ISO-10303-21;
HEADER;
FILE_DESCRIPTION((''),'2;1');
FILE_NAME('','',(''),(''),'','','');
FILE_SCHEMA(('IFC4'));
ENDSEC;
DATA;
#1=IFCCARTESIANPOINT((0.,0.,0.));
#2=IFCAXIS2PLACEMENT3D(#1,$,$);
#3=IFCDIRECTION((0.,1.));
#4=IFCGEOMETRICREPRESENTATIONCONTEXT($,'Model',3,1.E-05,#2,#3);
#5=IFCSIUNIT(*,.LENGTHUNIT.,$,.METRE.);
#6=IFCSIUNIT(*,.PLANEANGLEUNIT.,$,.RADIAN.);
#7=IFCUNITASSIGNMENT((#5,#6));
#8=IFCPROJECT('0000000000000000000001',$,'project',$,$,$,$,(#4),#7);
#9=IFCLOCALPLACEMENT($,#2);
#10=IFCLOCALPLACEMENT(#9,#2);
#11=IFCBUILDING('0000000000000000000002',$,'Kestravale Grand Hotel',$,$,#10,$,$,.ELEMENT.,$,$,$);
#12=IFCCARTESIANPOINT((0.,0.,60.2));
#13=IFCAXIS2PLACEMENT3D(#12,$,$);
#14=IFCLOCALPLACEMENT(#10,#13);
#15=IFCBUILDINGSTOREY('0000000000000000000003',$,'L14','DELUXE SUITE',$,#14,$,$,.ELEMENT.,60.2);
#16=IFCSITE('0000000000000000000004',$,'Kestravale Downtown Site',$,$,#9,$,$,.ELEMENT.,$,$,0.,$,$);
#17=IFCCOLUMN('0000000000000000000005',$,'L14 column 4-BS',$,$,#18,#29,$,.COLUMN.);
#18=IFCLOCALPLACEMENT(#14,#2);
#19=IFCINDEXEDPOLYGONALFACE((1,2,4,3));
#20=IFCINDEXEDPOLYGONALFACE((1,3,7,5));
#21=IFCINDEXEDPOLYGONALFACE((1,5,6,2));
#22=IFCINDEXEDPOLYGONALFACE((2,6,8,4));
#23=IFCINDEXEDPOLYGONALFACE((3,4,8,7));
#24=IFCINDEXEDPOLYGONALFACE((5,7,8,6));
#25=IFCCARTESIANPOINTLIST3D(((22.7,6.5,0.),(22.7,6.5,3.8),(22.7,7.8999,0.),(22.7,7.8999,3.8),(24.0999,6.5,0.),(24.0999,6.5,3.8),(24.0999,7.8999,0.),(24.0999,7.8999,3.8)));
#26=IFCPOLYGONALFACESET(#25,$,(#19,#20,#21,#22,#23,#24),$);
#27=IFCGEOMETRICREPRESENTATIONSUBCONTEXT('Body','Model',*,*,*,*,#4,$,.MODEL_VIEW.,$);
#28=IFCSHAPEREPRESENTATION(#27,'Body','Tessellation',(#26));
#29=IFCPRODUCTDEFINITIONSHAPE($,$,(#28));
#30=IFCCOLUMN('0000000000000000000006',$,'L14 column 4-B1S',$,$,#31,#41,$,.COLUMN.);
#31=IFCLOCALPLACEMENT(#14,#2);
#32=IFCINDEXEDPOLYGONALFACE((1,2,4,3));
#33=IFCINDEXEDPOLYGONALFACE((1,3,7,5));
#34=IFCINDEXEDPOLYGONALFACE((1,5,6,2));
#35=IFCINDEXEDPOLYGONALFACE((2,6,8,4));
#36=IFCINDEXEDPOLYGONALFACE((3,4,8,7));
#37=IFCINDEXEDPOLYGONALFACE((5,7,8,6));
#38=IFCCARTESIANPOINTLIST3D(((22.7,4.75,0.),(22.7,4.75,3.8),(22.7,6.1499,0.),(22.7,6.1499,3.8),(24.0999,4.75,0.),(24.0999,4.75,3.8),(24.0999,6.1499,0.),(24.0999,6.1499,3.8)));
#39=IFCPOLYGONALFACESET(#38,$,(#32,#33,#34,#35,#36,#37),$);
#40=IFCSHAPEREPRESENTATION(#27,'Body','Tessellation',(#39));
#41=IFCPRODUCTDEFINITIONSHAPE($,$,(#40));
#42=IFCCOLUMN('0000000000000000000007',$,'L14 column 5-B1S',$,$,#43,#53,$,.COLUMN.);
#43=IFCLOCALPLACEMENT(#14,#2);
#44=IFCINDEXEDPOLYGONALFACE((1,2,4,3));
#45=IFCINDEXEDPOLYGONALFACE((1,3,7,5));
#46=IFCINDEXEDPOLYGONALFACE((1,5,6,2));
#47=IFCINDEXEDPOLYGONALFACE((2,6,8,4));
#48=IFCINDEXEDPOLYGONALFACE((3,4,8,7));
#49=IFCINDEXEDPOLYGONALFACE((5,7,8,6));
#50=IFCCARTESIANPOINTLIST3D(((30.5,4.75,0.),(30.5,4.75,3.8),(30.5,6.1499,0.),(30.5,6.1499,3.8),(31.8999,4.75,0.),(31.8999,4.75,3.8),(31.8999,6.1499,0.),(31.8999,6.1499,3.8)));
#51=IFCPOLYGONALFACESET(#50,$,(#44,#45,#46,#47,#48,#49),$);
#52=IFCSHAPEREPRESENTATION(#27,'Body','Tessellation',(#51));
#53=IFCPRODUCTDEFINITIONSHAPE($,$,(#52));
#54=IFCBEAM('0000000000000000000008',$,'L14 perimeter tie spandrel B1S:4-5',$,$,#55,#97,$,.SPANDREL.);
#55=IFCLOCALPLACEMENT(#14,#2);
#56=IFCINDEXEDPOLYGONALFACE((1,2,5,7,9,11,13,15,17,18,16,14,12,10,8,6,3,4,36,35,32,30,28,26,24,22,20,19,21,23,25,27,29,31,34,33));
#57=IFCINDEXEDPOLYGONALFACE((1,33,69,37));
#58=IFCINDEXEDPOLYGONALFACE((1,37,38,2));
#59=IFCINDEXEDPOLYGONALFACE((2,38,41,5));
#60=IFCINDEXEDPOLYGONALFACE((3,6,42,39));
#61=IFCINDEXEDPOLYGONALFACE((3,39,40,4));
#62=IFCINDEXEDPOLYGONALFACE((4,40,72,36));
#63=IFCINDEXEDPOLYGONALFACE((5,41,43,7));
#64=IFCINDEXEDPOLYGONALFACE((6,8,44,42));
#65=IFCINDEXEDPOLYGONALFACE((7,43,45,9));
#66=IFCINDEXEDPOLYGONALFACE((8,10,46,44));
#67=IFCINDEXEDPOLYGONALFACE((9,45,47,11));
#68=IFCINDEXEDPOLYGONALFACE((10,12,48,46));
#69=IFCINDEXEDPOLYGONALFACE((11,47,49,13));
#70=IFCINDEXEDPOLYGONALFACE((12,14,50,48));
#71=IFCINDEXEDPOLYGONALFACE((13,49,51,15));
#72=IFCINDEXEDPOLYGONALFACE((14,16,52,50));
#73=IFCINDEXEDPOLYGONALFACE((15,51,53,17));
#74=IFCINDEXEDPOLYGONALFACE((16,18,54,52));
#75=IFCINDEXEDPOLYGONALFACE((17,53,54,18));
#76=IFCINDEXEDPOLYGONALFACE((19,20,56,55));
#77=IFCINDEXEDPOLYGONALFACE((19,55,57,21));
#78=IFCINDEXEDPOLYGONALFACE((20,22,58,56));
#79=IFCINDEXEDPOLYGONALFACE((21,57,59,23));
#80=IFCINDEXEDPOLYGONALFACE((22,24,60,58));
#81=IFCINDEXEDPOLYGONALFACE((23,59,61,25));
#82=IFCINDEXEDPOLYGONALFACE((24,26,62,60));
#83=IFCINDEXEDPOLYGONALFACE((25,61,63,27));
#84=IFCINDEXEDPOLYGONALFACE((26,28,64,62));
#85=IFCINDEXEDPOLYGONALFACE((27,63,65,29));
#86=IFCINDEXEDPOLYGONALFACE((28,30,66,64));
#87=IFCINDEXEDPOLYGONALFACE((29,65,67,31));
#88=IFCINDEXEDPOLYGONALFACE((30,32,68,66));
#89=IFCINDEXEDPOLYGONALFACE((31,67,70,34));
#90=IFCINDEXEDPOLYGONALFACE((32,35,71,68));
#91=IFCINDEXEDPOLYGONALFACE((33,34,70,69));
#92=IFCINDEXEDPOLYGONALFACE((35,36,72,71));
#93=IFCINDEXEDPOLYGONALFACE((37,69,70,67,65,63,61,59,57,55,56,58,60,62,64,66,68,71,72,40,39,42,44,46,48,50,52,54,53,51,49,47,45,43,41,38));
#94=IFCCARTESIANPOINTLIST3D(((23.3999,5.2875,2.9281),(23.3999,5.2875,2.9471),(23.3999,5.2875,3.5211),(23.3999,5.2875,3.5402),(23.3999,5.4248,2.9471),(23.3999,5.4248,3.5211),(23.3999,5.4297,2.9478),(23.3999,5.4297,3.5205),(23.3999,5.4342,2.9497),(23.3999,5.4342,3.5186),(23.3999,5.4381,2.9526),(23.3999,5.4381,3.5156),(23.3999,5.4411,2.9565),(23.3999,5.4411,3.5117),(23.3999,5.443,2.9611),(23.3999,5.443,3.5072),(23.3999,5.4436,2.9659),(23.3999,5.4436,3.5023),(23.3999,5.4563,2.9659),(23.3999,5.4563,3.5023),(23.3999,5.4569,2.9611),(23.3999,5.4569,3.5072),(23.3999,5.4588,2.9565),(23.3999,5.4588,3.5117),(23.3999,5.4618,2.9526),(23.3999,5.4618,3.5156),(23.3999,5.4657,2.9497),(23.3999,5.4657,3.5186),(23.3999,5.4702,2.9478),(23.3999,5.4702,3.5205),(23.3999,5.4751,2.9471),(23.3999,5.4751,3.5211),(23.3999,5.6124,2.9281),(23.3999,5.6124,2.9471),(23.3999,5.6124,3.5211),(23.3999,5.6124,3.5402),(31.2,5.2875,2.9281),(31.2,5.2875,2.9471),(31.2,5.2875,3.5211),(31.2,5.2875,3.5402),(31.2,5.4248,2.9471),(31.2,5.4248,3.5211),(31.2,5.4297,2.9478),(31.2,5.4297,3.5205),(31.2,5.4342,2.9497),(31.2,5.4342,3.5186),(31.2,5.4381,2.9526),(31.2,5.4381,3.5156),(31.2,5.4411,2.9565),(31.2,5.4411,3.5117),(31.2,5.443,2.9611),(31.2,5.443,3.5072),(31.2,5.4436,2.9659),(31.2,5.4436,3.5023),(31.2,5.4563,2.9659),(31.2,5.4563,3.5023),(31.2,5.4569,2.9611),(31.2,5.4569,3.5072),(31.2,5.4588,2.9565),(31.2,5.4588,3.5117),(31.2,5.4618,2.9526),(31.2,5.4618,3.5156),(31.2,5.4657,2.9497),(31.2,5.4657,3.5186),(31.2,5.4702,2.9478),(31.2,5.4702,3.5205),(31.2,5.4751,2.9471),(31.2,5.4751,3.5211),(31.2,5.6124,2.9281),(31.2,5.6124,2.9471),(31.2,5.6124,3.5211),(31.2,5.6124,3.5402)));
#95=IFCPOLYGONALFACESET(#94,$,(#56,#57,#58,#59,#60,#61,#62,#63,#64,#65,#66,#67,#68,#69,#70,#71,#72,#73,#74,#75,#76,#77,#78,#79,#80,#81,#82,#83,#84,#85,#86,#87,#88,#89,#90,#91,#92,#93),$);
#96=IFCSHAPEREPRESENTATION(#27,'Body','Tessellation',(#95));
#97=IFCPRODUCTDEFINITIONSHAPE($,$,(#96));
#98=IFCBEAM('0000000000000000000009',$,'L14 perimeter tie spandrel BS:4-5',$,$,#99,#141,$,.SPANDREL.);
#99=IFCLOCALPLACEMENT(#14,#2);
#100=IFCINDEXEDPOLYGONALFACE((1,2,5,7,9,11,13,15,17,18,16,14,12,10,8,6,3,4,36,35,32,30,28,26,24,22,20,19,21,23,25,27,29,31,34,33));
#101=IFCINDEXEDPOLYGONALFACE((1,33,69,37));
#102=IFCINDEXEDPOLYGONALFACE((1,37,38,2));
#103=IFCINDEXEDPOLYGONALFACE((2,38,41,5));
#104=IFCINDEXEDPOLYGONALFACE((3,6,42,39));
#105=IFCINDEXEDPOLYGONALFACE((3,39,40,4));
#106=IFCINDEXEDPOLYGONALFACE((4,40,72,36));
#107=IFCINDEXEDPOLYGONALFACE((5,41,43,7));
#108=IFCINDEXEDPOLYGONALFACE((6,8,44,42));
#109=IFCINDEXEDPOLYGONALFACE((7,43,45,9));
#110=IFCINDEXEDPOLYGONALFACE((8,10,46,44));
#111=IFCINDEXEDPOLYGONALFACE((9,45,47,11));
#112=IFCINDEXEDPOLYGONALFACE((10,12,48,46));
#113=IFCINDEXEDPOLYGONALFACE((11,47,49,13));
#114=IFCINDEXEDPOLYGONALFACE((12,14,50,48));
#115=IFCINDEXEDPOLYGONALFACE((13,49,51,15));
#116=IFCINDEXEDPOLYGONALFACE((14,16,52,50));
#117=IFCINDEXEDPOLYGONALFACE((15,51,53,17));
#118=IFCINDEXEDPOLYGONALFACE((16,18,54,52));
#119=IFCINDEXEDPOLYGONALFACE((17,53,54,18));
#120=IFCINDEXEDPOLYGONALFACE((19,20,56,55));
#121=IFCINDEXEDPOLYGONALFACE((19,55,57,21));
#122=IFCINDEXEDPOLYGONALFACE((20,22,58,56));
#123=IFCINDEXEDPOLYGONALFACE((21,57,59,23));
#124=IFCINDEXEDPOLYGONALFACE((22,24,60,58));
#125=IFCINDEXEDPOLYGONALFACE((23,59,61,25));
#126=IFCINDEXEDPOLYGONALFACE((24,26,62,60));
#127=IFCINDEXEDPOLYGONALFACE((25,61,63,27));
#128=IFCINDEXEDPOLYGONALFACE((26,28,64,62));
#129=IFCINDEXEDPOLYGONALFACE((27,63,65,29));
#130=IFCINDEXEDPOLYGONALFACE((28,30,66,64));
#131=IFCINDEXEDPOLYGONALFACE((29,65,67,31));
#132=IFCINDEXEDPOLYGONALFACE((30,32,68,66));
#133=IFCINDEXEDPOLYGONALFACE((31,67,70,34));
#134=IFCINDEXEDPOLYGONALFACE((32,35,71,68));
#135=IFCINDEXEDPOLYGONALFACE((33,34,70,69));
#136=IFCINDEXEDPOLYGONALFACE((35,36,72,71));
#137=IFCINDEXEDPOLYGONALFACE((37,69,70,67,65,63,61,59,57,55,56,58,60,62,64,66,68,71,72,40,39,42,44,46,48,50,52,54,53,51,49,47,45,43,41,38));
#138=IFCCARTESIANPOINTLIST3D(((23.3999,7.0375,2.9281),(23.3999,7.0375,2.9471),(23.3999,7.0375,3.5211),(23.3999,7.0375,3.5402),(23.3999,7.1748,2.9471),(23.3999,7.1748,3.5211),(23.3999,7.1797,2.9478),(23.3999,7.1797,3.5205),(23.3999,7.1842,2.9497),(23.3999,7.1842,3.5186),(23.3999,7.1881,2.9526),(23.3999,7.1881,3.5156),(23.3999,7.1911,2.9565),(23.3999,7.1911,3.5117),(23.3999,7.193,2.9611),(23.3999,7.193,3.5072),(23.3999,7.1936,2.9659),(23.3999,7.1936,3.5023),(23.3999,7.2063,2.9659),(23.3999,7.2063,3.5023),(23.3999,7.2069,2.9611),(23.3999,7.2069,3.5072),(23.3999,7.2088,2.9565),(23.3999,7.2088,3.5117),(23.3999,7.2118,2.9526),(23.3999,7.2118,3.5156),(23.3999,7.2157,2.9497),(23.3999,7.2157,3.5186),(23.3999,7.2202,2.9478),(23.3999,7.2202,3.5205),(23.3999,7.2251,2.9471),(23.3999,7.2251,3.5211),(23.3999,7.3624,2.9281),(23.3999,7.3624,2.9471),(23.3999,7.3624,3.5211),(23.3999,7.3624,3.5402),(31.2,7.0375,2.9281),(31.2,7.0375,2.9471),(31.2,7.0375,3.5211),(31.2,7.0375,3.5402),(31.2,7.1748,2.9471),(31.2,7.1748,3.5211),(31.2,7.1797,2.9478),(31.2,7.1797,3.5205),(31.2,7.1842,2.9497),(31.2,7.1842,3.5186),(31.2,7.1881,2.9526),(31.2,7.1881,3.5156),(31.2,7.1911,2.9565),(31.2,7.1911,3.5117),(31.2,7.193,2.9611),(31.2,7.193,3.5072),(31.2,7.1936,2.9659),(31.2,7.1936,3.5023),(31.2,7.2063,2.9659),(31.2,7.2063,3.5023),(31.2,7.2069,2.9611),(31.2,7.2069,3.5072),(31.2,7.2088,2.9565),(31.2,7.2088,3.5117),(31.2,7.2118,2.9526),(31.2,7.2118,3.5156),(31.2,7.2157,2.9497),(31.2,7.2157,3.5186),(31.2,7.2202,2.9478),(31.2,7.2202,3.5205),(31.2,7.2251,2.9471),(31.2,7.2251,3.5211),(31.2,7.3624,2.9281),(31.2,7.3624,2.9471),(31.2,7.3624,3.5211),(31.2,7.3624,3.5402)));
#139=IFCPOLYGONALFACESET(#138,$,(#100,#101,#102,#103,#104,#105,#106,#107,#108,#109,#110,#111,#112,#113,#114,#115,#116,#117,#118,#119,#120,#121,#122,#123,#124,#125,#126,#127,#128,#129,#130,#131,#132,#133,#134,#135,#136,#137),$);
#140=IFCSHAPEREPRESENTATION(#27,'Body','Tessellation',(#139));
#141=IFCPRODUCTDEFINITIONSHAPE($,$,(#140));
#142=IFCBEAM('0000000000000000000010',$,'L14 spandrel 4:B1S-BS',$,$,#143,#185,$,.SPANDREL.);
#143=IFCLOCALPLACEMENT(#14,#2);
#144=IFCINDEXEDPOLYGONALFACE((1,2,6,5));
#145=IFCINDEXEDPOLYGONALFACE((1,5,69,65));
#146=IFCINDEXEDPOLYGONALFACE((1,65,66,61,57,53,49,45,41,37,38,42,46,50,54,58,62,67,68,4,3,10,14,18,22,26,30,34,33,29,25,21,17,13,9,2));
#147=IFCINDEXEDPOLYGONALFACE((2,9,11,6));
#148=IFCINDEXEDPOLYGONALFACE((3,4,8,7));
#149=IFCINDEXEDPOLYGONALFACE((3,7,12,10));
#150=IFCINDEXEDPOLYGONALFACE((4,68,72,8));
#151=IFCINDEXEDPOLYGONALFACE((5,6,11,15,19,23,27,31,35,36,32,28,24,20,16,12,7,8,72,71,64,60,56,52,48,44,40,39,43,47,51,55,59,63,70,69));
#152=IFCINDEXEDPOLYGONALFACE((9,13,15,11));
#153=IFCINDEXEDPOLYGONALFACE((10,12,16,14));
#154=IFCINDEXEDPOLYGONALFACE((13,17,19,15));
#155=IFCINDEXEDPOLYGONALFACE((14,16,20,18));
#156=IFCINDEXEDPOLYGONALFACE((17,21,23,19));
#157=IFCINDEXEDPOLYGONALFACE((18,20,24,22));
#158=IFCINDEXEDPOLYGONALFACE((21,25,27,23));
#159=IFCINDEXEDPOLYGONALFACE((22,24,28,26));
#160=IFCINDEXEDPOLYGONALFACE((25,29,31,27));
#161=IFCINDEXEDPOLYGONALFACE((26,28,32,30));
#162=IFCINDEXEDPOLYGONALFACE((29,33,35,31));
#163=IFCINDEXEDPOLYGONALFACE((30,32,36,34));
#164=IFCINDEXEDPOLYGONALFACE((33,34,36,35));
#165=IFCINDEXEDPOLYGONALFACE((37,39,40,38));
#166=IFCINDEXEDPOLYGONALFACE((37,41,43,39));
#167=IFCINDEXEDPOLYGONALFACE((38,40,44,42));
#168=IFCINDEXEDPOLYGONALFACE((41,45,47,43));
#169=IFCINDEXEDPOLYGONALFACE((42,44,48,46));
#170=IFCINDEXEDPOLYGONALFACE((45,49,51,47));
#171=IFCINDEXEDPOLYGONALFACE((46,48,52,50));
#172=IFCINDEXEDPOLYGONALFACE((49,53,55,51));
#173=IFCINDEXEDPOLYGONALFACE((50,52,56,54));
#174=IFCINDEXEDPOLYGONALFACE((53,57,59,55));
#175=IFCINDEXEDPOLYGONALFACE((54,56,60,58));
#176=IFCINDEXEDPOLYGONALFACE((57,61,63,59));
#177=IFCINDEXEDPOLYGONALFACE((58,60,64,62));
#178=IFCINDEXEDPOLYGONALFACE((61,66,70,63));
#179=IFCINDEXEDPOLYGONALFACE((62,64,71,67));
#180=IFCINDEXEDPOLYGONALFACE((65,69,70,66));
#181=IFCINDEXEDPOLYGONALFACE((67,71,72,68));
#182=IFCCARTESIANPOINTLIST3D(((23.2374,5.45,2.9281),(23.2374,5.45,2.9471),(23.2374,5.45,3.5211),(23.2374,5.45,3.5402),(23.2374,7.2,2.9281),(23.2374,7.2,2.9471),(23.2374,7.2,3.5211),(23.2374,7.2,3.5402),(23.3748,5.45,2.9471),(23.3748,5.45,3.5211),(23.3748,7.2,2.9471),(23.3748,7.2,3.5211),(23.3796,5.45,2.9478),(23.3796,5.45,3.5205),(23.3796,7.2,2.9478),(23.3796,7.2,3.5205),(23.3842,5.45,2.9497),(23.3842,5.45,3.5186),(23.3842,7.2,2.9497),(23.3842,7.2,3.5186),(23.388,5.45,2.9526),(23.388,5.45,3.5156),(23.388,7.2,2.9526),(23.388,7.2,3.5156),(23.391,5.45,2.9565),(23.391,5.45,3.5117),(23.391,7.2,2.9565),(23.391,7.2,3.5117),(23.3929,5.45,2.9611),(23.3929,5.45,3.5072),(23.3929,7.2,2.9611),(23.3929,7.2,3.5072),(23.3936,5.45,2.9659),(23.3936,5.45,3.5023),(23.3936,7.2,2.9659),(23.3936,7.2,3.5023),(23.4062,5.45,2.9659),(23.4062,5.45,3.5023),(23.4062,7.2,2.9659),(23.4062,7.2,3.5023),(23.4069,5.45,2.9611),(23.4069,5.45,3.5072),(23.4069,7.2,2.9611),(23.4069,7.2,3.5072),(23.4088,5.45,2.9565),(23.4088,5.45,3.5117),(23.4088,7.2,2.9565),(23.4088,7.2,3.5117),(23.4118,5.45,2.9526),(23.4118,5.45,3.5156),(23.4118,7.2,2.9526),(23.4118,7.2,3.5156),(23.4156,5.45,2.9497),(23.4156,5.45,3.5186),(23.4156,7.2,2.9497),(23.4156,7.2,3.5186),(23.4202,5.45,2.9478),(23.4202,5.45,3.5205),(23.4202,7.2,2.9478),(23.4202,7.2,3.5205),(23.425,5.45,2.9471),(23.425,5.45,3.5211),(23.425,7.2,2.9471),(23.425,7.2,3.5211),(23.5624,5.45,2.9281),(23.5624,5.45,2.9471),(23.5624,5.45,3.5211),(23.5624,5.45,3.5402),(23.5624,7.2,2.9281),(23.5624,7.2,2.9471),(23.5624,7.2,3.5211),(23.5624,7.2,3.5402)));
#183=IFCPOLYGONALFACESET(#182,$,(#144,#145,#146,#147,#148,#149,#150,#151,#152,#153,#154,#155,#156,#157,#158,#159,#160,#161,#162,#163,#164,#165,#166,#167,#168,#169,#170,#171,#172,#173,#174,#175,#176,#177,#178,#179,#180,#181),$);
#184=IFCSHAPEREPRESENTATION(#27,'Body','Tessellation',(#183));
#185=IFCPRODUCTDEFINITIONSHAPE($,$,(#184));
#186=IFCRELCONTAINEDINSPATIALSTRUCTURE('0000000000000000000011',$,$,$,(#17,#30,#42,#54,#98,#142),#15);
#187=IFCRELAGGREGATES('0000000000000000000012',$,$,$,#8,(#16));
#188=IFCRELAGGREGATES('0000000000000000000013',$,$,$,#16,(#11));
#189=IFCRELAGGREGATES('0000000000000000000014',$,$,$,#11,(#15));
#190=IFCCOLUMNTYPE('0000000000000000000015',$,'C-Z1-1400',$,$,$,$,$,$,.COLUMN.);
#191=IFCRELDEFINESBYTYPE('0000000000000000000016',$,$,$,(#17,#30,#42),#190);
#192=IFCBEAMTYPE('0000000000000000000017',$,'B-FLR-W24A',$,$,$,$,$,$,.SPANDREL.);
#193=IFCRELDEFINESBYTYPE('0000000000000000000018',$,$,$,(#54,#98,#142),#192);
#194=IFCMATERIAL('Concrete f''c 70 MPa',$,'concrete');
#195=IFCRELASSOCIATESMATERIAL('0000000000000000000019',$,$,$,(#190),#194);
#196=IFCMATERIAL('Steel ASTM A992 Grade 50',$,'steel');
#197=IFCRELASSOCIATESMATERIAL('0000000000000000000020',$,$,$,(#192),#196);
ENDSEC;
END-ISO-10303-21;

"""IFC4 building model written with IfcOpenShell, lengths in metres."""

from ifc_helpers import new_model, si_unit, direction, frame, origin, origin_2d, place, context, subcontext, project, spatial, rectangle, i_section, extrude, material, material_profile, profile_set, type_object, element, save


model = new_model("IFC4")

# Units and contexts
model_context = context("Model", 3, precision=1e-05, world=origin(), true_north=direction((0.0, 1.0)))
body_context = subcontext(model_context, "Body", "Model", "MODEL_VIEW")
ifc_project = project(units=[si_unit("LENGTHUNIT", "METRE"), si_unit("PLANEANGLEUNIT", "RADIAN")], contexts=[model_context])

# Site, building, storey
site_placement = place(None, origin())
site = spatial("IfcSite", under=ifc_project, at=site_placement, Name="Kestravale Downtown Site", CompositionType="ELEMENT", RefElevation=0.0)
building_placement = place(site_placement, origin())
building = spatial("IfcBuilding", under=site, at=building_placement, Name="Kestravale Grand Hotel", CompositionType="ELEMENT")
storey_placement = place(building_placement, frame((0.0, 0.0, 60.2)))
storey = spatial("IfcBuildingStorey", under=building, at=storey_placement, Name="L14", Description="DELUXE SUITE", CompositionType="ELEMENT", Elevation=60.2)

# Columns
ifc_material_1 = material(Name="Concrete f'c 70 MPa", Category="concrete")
ifc_material_profile_1 = material_profile(ifc_material_1, rectangle(XDim=1.3999, YDim=1.3999, at=origin_2d()))
ifc_profile_set_1 = profile_set([ifc_material_profile_1], Name="Concrete f'c 70 MPa")
column_type = type_object("IfcColumnType", Name="C-Z1-1400", PredefinedType="COLUMN", material=ifc_profile_set_1)
for number, where, z_axis, x_axis, name in (
    (1, (23.3999, 7.2, 0.0), (0.0, 0.0, 1.0), (1.0, 0.0, 0.0), "L14 column 4-BS"),
    (2, (23.3999, 5.45, 0.0), (0.0, 0.0, 1.0), (1.0, 0.0, 0.0), "L14 column 4-B1S"),
    (3, (31.2, 5.45, 0.0), (0.0, 0.0, 1.0), (1.0, 0.0, 0.0), "L14 column 5-B1S"),
):
    element("IfcColumn", number, at=place(storey_placement, frame(where, z_axis=z_axis, x_axis=x_axis)), inside=storey, type_object=column_type, Name=name, PredefinedType="COLUMN", context=body_context, shape_type="SweptSolid", body=[
        extrude(rectangle(XDim=1.3999, YDim=1.3999, at=origin_2d()), origin(), (0.0, 0.0, 1.0), 3.8),
    ])

# Beams
ifc_material_2 = material(Name="Steel ASTM A992 Grade 50", Category="steel")
ifc_material_profile_2 = material_profile(ifc_material_2, i_section(OverallWidth=0.325, OverallDepth=0.6121, WebThickness=0.0127, FlangeThickness=0.019, FilletRadius=0.0188, at=origin_2d()))
ifc_profile_set_2 = profile_set([ifc_material_profile_2], Name="Steel ASTM A992 Grade 50")
beam_type_1 = type_object("IfcBeamType", Name="B-FLR-W24A", PredefinedType="SPANDREL", material=ifc_profile_set_2)
for number, where, z_axis, x_axis, name in (
    (4, (23.3999, 5.45, 3.2341), (1.0, 0.0, 0.0), (0.0, 1.0, 0.0), "L14 perimeter tie spandrel B1S:4-5"),
    (5, (23.3999, 7.2, 3.2341), (1.0, 0.0, 0.0), (0.0, 1.0, 0.0), "L14 perimeter tie spandrel BS:4-5"),
):
    element("IfcBeam", number, at=place(storey_placement, frame(where, z_axis=z_axis, x_axis=x_axis)), inside=storey, type_object=beam_type_1, Name=name, PredefinedType="SPANDREL", context=body_context, shape_type="SweptSolid", body=[
        extrude(i_section(OverallWidth=0.325, OverallDepth=0.6121, WebThickness=0.0127, FlangeThickness=0.019, FilletRadius=0.0188, at=origin_2d()), origin(), (0.0, 0.0, 1.0), 7.8),
    ])
for number, where, z_axis, x_axis, name in (
    (6, (23.3999, 5.45, 3.2341), (0.0, 1.0, 0.0), (-1.0, 0.0, 0.0), "L14 spandrel 4:B1S-BS"),
):
    element("IfcBeam", number, at=place(storey_placement, frame(where, z_axis=z_axis, x_axis=x_axis)), inside=storey, type_object=beam_type_1, Name=name, PredefinedType="SPANDREL", context=body_context, shape_type="SweptSolid", body=[
        extrude(i_section(OverallWidth=0.325, OverallDepth=0.6121, WebThickness=0.0127, FlangeThickness=0.019, FilletRadius=0.0188, at=origin_2d()), origin(), (0.0, 0.0, 1.0), 1.75),
    ])

save(model, "model.ifc")
